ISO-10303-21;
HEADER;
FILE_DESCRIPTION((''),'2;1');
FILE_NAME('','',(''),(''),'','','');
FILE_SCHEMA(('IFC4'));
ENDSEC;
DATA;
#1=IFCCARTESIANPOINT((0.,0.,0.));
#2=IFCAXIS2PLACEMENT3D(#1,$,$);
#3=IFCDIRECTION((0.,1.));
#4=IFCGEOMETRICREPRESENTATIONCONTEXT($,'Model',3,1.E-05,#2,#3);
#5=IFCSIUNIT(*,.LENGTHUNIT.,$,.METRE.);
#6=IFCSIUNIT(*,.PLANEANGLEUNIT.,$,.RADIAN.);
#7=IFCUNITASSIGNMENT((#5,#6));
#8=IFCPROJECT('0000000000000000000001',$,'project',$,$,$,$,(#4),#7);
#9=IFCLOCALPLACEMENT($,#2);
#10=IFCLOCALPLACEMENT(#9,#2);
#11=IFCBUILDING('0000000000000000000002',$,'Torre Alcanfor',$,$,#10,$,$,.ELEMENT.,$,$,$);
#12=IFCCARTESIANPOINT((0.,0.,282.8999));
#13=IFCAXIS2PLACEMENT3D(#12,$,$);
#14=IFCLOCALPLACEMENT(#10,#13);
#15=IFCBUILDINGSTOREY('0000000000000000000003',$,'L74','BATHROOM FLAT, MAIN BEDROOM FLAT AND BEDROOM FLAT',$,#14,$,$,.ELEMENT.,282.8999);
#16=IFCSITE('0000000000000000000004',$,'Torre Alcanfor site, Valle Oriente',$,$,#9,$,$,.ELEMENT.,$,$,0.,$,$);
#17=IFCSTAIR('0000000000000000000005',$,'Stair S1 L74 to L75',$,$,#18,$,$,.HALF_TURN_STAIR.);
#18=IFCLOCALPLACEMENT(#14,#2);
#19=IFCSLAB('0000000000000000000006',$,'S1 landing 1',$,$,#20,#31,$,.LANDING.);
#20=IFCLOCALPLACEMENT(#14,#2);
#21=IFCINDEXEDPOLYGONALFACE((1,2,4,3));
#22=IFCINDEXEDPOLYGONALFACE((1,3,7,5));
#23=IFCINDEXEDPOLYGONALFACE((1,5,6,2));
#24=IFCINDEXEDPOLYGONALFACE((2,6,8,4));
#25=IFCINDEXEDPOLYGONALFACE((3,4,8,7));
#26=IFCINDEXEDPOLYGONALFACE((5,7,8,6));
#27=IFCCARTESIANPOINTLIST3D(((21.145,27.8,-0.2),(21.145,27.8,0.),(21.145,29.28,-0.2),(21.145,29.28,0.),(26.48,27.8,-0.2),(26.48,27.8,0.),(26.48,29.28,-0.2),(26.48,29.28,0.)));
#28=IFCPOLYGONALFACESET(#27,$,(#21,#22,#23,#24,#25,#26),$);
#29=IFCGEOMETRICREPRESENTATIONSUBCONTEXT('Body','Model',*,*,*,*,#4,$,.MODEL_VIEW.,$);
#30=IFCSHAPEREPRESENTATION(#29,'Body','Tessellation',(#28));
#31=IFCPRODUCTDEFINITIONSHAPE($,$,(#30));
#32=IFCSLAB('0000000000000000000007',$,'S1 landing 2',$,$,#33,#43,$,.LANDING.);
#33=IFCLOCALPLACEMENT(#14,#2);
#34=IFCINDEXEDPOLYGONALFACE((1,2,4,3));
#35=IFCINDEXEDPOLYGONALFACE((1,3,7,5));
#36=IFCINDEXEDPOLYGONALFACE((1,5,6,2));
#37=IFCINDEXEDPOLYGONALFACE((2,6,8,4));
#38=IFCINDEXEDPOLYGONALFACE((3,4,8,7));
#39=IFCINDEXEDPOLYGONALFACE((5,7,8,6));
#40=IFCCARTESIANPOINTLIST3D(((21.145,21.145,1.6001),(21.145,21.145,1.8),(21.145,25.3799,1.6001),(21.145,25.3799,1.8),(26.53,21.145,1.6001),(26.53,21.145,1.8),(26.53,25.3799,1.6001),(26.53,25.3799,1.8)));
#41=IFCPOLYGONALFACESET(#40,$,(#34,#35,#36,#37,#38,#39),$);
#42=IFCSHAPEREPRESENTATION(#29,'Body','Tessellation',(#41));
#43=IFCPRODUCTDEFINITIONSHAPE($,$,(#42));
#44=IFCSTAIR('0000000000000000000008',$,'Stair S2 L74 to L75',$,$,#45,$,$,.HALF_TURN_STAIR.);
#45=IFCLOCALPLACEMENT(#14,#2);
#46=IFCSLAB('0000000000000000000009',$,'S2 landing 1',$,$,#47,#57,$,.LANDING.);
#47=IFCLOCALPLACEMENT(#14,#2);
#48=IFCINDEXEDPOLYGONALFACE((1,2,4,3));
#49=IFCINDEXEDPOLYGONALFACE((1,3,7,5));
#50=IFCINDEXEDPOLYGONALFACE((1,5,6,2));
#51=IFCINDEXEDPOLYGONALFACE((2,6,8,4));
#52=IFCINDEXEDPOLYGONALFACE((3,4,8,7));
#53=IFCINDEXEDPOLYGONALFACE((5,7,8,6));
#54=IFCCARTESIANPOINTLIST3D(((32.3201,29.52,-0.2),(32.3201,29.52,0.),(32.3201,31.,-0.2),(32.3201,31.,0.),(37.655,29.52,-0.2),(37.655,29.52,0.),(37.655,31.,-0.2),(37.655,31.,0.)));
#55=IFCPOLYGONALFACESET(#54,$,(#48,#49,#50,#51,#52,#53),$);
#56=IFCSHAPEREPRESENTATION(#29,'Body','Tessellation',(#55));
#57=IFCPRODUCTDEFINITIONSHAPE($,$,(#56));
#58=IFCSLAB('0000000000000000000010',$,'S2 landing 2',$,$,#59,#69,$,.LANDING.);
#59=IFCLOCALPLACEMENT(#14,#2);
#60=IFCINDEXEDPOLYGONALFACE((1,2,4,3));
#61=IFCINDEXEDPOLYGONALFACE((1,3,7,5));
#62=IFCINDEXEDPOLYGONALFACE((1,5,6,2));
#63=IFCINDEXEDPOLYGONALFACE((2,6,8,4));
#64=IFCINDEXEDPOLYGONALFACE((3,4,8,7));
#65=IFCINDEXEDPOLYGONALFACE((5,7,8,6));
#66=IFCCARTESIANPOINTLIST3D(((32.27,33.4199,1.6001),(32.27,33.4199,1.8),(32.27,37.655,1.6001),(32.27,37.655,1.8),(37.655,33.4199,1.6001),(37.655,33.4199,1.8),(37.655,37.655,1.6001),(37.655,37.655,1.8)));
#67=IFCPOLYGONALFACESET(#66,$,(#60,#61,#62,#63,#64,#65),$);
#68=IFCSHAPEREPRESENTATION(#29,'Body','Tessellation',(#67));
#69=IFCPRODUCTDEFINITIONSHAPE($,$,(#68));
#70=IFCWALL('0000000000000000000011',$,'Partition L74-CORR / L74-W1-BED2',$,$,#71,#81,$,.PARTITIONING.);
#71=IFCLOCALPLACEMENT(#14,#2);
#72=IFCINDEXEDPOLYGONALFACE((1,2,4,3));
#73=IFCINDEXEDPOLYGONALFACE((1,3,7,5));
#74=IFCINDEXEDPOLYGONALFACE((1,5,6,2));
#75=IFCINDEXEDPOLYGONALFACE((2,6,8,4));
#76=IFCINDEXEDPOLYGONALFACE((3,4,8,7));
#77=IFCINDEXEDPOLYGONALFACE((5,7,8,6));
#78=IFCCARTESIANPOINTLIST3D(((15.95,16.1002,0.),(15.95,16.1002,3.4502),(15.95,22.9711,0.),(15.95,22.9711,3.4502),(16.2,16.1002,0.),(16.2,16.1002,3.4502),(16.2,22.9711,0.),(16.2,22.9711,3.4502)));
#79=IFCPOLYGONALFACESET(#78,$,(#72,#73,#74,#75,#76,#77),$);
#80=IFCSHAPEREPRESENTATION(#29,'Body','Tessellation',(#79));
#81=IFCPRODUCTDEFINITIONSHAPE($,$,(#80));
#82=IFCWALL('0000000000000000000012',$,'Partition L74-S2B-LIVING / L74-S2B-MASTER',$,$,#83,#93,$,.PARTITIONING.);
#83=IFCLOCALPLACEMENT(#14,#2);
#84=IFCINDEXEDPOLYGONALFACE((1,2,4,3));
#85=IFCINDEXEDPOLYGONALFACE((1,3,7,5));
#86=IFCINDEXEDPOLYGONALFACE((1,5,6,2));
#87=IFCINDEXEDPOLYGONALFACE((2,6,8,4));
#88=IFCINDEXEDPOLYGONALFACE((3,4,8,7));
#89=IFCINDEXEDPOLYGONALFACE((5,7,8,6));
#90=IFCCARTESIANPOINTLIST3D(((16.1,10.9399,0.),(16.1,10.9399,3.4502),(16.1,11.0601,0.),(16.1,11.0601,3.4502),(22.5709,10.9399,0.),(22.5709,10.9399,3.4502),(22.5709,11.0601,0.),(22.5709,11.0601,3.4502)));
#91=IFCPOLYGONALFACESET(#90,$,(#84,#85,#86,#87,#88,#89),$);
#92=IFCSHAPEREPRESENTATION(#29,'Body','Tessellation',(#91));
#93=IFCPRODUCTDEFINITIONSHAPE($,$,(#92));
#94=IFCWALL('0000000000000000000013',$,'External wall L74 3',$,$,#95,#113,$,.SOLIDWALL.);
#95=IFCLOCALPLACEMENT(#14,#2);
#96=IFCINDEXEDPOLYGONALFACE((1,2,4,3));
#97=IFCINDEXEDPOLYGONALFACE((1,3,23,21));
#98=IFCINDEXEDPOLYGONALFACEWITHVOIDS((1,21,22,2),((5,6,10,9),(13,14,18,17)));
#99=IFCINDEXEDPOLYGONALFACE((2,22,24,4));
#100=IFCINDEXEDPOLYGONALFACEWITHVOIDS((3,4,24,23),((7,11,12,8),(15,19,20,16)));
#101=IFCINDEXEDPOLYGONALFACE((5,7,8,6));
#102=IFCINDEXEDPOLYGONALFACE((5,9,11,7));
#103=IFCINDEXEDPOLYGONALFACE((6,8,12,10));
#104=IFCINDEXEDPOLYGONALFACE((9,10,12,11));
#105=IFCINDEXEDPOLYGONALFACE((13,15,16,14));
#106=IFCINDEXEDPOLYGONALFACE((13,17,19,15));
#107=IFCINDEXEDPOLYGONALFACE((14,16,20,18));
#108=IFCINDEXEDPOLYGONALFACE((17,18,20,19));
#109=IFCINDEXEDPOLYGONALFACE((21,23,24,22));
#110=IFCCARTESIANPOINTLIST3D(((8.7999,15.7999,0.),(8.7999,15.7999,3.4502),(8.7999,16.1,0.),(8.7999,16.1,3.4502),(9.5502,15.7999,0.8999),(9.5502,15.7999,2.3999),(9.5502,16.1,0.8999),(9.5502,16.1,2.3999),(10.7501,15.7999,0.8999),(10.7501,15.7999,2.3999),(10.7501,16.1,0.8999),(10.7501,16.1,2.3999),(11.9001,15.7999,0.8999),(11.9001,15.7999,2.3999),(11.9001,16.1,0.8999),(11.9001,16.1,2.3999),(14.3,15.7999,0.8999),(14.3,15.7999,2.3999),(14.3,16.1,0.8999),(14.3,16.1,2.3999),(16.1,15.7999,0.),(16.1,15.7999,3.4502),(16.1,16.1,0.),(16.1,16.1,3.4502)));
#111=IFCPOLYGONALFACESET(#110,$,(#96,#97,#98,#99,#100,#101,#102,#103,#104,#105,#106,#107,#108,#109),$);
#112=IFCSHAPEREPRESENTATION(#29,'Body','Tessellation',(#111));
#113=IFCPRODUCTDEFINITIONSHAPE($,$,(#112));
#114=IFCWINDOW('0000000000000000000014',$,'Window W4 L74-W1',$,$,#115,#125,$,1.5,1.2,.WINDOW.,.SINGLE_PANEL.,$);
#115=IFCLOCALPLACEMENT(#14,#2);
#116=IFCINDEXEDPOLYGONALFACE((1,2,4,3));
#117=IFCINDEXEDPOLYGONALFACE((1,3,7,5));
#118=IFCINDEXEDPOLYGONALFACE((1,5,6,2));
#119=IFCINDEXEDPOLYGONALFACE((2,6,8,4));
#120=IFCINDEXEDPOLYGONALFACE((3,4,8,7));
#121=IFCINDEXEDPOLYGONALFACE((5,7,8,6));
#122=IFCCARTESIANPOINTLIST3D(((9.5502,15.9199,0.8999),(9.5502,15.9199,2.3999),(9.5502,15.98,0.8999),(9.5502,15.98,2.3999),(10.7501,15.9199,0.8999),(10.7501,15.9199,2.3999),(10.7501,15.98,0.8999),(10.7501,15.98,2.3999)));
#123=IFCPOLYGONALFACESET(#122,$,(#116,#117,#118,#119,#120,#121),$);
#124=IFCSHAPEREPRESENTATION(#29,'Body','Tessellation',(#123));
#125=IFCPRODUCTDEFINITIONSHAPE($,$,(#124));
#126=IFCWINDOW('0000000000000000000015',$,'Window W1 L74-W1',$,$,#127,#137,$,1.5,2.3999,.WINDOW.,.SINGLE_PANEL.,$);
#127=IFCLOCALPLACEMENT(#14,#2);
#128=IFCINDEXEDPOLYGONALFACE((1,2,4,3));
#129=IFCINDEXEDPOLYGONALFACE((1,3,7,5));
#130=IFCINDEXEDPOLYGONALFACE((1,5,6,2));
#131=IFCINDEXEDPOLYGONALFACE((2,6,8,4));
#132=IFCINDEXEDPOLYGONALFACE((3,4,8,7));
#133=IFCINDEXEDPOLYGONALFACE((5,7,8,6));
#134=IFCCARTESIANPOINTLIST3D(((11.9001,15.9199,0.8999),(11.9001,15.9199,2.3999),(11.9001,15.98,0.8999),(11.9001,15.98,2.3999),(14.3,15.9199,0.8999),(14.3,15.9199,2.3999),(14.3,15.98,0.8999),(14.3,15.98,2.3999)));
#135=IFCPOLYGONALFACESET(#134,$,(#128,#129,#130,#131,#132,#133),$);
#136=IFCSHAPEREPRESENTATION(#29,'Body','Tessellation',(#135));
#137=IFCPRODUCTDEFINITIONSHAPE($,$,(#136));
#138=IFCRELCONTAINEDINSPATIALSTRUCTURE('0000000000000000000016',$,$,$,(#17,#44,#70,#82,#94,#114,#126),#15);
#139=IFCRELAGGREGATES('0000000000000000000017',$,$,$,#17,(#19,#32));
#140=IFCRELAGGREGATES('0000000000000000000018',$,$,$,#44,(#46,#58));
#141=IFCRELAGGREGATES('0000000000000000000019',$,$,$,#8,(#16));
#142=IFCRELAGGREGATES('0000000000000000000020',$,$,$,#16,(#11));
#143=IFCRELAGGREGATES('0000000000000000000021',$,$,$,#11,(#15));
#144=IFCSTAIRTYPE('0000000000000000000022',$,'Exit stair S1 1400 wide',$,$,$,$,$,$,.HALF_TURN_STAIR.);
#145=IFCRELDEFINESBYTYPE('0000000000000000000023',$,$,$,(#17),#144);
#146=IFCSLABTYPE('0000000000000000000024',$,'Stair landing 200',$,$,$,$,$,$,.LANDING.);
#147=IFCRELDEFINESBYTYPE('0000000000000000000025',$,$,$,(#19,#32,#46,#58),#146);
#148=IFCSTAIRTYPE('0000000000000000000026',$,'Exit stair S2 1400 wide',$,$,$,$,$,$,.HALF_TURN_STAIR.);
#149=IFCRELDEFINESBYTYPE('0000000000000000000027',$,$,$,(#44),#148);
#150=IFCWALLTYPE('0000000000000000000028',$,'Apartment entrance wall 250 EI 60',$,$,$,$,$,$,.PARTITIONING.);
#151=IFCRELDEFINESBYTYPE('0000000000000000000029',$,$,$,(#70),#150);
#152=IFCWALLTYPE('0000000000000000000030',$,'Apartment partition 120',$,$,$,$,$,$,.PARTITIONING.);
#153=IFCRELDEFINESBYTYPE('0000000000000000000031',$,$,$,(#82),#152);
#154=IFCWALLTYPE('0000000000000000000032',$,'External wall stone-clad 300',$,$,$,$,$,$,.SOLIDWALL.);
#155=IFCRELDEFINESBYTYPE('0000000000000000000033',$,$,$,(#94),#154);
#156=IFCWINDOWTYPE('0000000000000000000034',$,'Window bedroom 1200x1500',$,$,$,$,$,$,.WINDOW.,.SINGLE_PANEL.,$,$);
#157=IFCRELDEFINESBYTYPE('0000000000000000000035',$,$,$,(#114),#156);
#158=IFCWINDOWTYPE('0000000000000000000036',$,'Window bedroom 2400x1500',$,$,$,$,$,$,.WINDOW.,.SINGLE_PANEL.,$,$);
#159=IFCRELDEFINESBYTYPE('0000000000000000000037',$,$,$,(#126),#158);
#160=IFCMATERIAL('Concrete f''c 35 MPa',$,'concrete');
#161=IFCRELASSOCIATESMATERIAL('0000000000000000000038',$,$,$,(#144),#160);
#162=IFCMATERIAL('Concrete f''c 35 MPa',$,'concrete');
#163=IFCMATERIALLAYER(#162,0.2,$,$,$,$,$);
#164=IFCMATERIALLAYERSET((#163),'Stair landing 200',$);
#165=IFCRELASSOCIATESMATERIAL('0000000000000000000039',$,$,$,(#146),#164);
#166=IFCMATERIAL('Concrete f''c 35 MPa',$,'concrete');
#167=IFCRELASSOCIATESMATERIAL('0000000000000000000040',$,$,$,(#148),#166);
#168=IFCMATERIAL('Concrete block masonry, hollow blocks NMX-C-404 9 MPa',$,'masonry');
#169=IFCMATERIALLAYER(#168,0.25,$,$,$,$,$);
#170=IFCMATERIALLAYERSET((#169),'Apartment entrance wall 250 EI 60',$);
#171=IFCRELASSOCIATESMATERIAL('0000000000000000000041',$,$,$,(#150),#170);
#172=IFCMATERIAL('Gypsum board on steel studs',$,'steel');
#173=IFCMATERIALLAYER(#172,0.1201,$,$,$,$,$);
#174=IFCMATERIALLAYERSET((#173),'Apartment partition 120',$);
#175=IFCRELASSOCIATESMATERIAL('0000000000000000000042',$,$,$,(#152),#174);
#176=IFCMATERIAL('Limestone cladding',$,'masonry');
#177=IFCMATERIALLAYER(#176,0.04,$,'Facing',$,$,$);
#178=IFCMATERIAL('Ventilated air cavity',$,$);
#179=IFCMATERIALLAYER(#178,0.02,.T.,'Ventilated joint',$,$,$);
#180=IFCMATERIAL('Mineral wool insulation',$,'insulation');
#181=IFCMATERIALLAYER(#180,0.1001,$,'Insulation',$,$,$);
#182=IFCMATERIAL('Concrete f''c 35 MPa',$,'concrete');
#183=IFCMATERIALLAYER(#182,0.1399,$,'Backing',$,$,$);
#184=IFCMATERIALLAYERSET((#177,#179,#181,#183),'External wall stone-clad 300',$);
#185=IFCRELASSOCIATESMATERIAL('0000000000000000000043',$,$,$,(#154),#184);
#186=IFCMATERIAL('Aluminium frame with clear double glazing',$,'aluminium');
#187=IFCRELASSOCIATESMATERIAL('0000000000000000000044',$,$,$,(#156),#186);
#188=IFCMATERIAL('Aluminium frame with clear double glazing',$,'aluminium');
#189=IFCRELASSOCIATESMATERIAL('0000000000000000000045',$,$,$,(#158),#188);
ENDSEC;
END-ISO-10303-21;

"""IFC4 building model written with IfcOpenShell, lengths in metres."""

from ifc_helpers import new_model, si_unit, direction, frame, frame_2d, origin, place, context, subcontext, project, spatial, polyline, rectangle, outline, extrude, material, layer, layer_set, type_object, element, fill, aggregate, save


model = new_model("IFC4")

# Units and contexts
model_context = context("Model", 3, precision=1e-05, world=origin(), true_north=direction((0.0, 1.0)))
body_context = subcontext(model_context, "Body", "Model", "MODEL_VIEW")
ifc_project = project(units=[si_unit("LENGTHUNIT", "METRE"), si_unit("PLANEANGLEUNIT", "RADIAN")], contexts=[model_context])

# Site, building, storey
site_placement = place(None, origin())
site = spatial("IfcSite", under=ifc_project, at=site_placement, Name="Torre Alcanfor site, Valle Oriente", CompositionType="ELEMENT", RefElevation=0.0)
building_placement = place(site_placement, origin())
building = spatial("IfcBuilding", under=site, at=building_placement, Name="Torre Alcanfor", CompositionType="ELEMENT")
storey_placement = place(building_placement, frame((0.0, 0.0, 282.8999)))
storey = spatial("IfcBuildingStorey", under=building, at=storey_placement, Name="L74", Description="BATHROOM FLAT, MAIN BEDROOM FLAT AND BEDROOM FLAT", CompositionType="ELEMENT", Elevation=282.8999)

# Stairs, slabs
ifc_material_1 = material(Name="Concrete f'c 35 MPa", Category="concrete")
stair_type_1 = type_object("IfcStairType", Name="Exit stair S1 1400 wide", PredefinedType="HALF_TURN_STAIR", material=ifc_material_1)
stair_1_placement = place(storey_placement, origin())
stair_1 = element("IfcStair", 1, at=stair_1_placement, inside=storey, type_object=stair_type_1, Name="Stair S1 L74 to L75", PredefinedType="HALF_TURN_STAIR")
ifc_material_2 = material(Name="Concrete f'c 35 MPa", Category="concrete")
ifc_layer_1 = layer(ifc_material_2, 0.2)
ifc_layer_set_1 = layer_set([ifc_layer_1], Name="Stair landing 200")
slab_type_1 = type_object("IfcSlabType", Name="Stair landing 200", PredefinedType="LANDING", material=ifc_layer_set_1)
slab_1_placement = place(storey_placement, frame((0.0, 0.0, -0.2)))
slab_1 = element("IfcSlab", 2, at=slab_1_placement, type_object=slab_type_1, Name="S1 landing 1", PredefinedType="LANDING", context=body_context, shape_type="SweptSolid", body=[
    extrude(outline(polyline([(21.145, 27.8), (26.48, 27.8), (26.48, 29.28), (21.145, 29.28), (21.145, 27.8)])), origin(), (0.0, 0.0, 1.0), 0.2),
])
slab_2_placement = place(storey_placement, frame((0.0, 0.0, 1.6001)))
slab_2 = element("IfcSlab", 3, at=slab_2_placement, type_object=slab_type_1, Name="S1 landing 2", PredefinedType="LANDING", context=body_context, shape_type="SweptSolid", body=[
    extrude(outline(polyline([(21.145, 21.145), (26.53, 21.145), (26.53, 25.3799), (21.145, 25.3799), (21.145, 21.145)])), origin(), (0.0, 0.0, 1.0), 0.2),
])
aggregate(stair_1, [slab_1, slab_2])
ifc_material_3 = material(Name="Concrete f'c 35 MPa", Category="concrete")
stair_type_2 = type_object("IfcStairType", Name="Exit stair S2 1400 wide", PredefinedType="HALF_TURN_STAIR", material=ifc_material_3)
stair_2_placement = place(storey_placement, origin())
stair_2 = element("IfcStair", 4, at=stair_2_placement, inside=storey, type_object=stair_type_2, Name="Stair S2 L74 to L75", PredefinedType="HALF_TURN_STAIR")
slab_3_placement = place(storey_placement, frame((0.0, 0.0, -0.2)))
slab_3 = element("IfcSlab", 5, at=slab_3_placement, type_object=slab_type_1, Name="S2 landing 1", PredefinedType="LANDING", context=body_context, shape_type="SweptSolid", body=[
    extrude(outline(polyline([(32.3201, 29.52), (37.655, 29.52), (37.655, 31.0), (32.3201, 31.0), (32.3201, 29.52)])), origin(), (0.0, 0.0, 1.0), 0.2),
])
slab_4_placement = place(storey_placement, frame((0.0, 0.0, 1.6001)))
slab_4 = element("IfcSlab", 6, at=slab_4_placement, type_object=slab_type_1, Name="S2 landing 2", PredefinedType="LANDING", context=body_context, shape_type="SweptSolid", body=[
    extrude(outline(polyline([(32.27, 33.4199), (37.655, 33.4199), (37.655, 37.655), (32.27, 37.655), (32.27, 33.4199)])), origin(), (0.0, 0.0, 1.0), 0.2),
])
aggregate(stair_2, [slab_3, slab_4])

# Walls
ifc_material_4 = material(Name="Concrete block masonry, hollow blocks NMX-C-404 9 MPa", Category="masonry")
ifc_layer_2 = layer(ifc_material_4, 0.25)
ifc_layer_set_2 = layer_set([ifc_layer_2], Name="Apartment entrance wall 250 EI 60")
wall_type_1 = type_object("IfcWallType", Name="Apartment entrance wall 250 EI 60", PredefinedType="PARTITIONING", material=ifc_layer_set_2)
wall_1_placement = place(storey_placement, frame((16.075, 16.1001, 0.0), z_axis=(0.0, 0.0, 1.0), x_axis=(0.0, 1.0, 0.0)))
element("IfcWall", 7, at=wall_1_placement, inside=storey, type_object=wall_type_1, Name="Partition L74-CORR / L74-W1-BED2", PredefinedType="PARTITIONING", context=body_context, shape_type="SweptSolid", body=[
    extrude(rectangle(XDim=6.8708, YDim=0.25, at=frame_2d((3.4355, 0.0))), origin(), (0.0, 0.0, 1.0), 3.4502),
])
ifc_material_5 = material(Name="Gypsum board on steel studs", Category="steel")
ifc_layer_3 = layer(ifc_material_5, 0.1201)
ifc_layer_set_3 = layer_set([ifc_layer_3], Name="Apartment partition 120")
wall_type_2 = type_object("IfcWallType", Name="Apartment partition 120", PredefinedType="PARTITIONING", material=ifc_layer_set_3)
wall_2_placement = place(storey_placement, frame((16.1001, 11.0, 0.0), z_axis=(0.0, 0.0, 1.0), x_axis=(1.0, 0.0, 0.0)))
element("IfcWall", 8, at=wall_2_placement, inside=storey, type_object=wall_type_2, Name="Partition L74-S2B-LIVING / L74-S2B-MASTER", PredefinedType="PARTITIONING", context=body_context, shape_type="SweptSolid", body=[
    extrude(rectangle(XDim=6.4709, YDim=0.1201, at=frame_2d((3.2354, 0.0))), origin(), (0.0, 0.0, 1.0), 3.4502),
])

# Wall, openings, windows
ifc_material_6 = material(Name="Limestone cladding", Category="masonry")
ifc_layer_4 = layer(ifc_material_6, 0.04, Name="Facing")
ifc_material_7 = material(Name="Ventilated air cavity")
ifc_layer_5 = layer(ifc_material_7, 0.02, ventilated=True, Name="Ventilated joint")
ifc_material_8 = material(Name="Mineral wool insulation", Category="insulation")
ifc_layer_6 = layer(ifc_material_8, 0.1001, Name="Insulation")
ifc_material_9 = material(Name="Concrete f'c 35 MPa", Category="concrete")
ifc_layer_7 = layer(ifc_material_9, 0.1399, Name="Backing")
ifc_layer_set_4 = layer_set([ifc_layer_4, ifc_layer_5, ifc_layer_6, ifc_layer_7], Name="External wall stone-clad 300")
wall_type_3 = type_object("IfcWallType", Name="External wall stone-clad 300", PredefinedType="SOLIDWALL", material=ifc_layer_set_4)
wall_3_placement = place(storey_placement, frame((8.8, 15.95, 0.0), z_axis=(0.0, 0.0, 1.0), x_axis=(1.0, 0.0, 0.0)))
wall_3 = element("IfcWall", 9, at=wall_3_placement, inside=storey, type_object=wall_type_3, Name="External wall L74 3", PredefinedType="SOLIDWALL", context=body_context, shape_type="SweptSolid", body=[
    extrude(rectangle(XDim=7.3, YDim=0.3, at=frame_2d((3.6499, 0.0))), origin(), (0.0, 0.0, 1.0), 3.4502),
])
opening_1_placement = place(wall_3_placement, frame((3.1001, 0.0, 0.8999)))
opening_1 = element("IfcOpeningElement", 10, at=opening_1_placement, cuts=wall_3, PredefinedType="OPENING", context=body_context, shape_type="SweptSolid", body=[
    extrude(rectangle(XDim=2.3999, YDim=1.5, at=frame_2d((1.2, 0.75))), frame((0.0, 0.1599, 0.0), z_axis=(0.0, -1.0, 0.0), x_axis=(1.0, 0.0, 0.0)), (0.0, 0.0, 1.0), 0.3201),
])
opening_2_placement = place(wall_3_placement, frame((0.75, 0.0, 0.8999)))
opening_2 = element("IfcOpeningElement", 11, at=opening_2_placement, cuts=wall_3, PredefinedType="OPENING", context=body_context, shape_type="SweptSolid", body=[
    extrude(rectangle(XDim=1.2, YDim=1.5, at=frame_2d((0.6001, 0.75))), frame((0.0, 0.1599, 0.0), z_axis=(0.0, -1.0, 0.0), x_axis=(1.0, 0.0, 0.0)), (0.0, 0.0, 1.0), 0.3201),
])
ifc_material_10 = material(Name="Aluminium frame with clear double glazing", Category="aluminium")
window_type_1 = type_object("IfcWindowType", Name="Window bedroom 1200x1500", PartitioningType="SINGLE_PANEL", PredefinedType="WINDOW", material=ifc_material_10)
window_1_placement = place(opening_2_placement, origin())
window_1 = element("IfcWindow", 12, at=window_1_placement, inside=storey, type_object=window_type_1, Name="Window W4 L74-W1", OverallHeight=1.5, OverallWidth=1.2, PartitioningType="SINGLE_PANEL", PredefinedType="WINDOW", context=body_context, shape_type="SweptSolid", body=[
    extrude(rectangle(XDim=1.2, YDim=1.5, at=frame_2d((0.6001, 0.75))), frame((0.0, 0.03, 0.0), z_axis=(0.0, -1.0, 0.0), x_axis=(1.0, 0.0, 0.0)), (0.0, 0.0, 1.0), 0.0601),
])
fill(opening_2, window_1)
ifc_material_11 = material(Name="Aluminium frame with clear double glazing", Category="aluminium")
window_type_2 = type_object("IfcWindowType", Name="Window bedroom 2400x1500", PartitioningType="SINGLE_PANEL", PredefinedType="WINDOW", material=ifc_material_11)
window_2_placement = place(opening_1_placement, origin())
window_2 = element("IfcWindow", 13, at=window_2_placement, inside=storey, type_object=window_type_2, Name="Window W1 L74-W1", OverallHeight=1.5, OverallWidth=2.3999, PartitioningType="SINGLE_PANEL", PredefinedType="WINDOW", context=body_context, shape_type="SweptSolid", body=[
    extrude(rectangle(XDim=2.3999, YDim=1.5, at=frame_2d((1.2, 0.75))), frame((0.0, 0.03, 0.0), z_axis=(0.0, -1.0, 0.0), x_axis=(1.0, 0.0, 0.0)), (0.0, 0.0, 1.0), 0.0601),
])
fill(opening_1, window_2)

save(model, "model.ifc")
